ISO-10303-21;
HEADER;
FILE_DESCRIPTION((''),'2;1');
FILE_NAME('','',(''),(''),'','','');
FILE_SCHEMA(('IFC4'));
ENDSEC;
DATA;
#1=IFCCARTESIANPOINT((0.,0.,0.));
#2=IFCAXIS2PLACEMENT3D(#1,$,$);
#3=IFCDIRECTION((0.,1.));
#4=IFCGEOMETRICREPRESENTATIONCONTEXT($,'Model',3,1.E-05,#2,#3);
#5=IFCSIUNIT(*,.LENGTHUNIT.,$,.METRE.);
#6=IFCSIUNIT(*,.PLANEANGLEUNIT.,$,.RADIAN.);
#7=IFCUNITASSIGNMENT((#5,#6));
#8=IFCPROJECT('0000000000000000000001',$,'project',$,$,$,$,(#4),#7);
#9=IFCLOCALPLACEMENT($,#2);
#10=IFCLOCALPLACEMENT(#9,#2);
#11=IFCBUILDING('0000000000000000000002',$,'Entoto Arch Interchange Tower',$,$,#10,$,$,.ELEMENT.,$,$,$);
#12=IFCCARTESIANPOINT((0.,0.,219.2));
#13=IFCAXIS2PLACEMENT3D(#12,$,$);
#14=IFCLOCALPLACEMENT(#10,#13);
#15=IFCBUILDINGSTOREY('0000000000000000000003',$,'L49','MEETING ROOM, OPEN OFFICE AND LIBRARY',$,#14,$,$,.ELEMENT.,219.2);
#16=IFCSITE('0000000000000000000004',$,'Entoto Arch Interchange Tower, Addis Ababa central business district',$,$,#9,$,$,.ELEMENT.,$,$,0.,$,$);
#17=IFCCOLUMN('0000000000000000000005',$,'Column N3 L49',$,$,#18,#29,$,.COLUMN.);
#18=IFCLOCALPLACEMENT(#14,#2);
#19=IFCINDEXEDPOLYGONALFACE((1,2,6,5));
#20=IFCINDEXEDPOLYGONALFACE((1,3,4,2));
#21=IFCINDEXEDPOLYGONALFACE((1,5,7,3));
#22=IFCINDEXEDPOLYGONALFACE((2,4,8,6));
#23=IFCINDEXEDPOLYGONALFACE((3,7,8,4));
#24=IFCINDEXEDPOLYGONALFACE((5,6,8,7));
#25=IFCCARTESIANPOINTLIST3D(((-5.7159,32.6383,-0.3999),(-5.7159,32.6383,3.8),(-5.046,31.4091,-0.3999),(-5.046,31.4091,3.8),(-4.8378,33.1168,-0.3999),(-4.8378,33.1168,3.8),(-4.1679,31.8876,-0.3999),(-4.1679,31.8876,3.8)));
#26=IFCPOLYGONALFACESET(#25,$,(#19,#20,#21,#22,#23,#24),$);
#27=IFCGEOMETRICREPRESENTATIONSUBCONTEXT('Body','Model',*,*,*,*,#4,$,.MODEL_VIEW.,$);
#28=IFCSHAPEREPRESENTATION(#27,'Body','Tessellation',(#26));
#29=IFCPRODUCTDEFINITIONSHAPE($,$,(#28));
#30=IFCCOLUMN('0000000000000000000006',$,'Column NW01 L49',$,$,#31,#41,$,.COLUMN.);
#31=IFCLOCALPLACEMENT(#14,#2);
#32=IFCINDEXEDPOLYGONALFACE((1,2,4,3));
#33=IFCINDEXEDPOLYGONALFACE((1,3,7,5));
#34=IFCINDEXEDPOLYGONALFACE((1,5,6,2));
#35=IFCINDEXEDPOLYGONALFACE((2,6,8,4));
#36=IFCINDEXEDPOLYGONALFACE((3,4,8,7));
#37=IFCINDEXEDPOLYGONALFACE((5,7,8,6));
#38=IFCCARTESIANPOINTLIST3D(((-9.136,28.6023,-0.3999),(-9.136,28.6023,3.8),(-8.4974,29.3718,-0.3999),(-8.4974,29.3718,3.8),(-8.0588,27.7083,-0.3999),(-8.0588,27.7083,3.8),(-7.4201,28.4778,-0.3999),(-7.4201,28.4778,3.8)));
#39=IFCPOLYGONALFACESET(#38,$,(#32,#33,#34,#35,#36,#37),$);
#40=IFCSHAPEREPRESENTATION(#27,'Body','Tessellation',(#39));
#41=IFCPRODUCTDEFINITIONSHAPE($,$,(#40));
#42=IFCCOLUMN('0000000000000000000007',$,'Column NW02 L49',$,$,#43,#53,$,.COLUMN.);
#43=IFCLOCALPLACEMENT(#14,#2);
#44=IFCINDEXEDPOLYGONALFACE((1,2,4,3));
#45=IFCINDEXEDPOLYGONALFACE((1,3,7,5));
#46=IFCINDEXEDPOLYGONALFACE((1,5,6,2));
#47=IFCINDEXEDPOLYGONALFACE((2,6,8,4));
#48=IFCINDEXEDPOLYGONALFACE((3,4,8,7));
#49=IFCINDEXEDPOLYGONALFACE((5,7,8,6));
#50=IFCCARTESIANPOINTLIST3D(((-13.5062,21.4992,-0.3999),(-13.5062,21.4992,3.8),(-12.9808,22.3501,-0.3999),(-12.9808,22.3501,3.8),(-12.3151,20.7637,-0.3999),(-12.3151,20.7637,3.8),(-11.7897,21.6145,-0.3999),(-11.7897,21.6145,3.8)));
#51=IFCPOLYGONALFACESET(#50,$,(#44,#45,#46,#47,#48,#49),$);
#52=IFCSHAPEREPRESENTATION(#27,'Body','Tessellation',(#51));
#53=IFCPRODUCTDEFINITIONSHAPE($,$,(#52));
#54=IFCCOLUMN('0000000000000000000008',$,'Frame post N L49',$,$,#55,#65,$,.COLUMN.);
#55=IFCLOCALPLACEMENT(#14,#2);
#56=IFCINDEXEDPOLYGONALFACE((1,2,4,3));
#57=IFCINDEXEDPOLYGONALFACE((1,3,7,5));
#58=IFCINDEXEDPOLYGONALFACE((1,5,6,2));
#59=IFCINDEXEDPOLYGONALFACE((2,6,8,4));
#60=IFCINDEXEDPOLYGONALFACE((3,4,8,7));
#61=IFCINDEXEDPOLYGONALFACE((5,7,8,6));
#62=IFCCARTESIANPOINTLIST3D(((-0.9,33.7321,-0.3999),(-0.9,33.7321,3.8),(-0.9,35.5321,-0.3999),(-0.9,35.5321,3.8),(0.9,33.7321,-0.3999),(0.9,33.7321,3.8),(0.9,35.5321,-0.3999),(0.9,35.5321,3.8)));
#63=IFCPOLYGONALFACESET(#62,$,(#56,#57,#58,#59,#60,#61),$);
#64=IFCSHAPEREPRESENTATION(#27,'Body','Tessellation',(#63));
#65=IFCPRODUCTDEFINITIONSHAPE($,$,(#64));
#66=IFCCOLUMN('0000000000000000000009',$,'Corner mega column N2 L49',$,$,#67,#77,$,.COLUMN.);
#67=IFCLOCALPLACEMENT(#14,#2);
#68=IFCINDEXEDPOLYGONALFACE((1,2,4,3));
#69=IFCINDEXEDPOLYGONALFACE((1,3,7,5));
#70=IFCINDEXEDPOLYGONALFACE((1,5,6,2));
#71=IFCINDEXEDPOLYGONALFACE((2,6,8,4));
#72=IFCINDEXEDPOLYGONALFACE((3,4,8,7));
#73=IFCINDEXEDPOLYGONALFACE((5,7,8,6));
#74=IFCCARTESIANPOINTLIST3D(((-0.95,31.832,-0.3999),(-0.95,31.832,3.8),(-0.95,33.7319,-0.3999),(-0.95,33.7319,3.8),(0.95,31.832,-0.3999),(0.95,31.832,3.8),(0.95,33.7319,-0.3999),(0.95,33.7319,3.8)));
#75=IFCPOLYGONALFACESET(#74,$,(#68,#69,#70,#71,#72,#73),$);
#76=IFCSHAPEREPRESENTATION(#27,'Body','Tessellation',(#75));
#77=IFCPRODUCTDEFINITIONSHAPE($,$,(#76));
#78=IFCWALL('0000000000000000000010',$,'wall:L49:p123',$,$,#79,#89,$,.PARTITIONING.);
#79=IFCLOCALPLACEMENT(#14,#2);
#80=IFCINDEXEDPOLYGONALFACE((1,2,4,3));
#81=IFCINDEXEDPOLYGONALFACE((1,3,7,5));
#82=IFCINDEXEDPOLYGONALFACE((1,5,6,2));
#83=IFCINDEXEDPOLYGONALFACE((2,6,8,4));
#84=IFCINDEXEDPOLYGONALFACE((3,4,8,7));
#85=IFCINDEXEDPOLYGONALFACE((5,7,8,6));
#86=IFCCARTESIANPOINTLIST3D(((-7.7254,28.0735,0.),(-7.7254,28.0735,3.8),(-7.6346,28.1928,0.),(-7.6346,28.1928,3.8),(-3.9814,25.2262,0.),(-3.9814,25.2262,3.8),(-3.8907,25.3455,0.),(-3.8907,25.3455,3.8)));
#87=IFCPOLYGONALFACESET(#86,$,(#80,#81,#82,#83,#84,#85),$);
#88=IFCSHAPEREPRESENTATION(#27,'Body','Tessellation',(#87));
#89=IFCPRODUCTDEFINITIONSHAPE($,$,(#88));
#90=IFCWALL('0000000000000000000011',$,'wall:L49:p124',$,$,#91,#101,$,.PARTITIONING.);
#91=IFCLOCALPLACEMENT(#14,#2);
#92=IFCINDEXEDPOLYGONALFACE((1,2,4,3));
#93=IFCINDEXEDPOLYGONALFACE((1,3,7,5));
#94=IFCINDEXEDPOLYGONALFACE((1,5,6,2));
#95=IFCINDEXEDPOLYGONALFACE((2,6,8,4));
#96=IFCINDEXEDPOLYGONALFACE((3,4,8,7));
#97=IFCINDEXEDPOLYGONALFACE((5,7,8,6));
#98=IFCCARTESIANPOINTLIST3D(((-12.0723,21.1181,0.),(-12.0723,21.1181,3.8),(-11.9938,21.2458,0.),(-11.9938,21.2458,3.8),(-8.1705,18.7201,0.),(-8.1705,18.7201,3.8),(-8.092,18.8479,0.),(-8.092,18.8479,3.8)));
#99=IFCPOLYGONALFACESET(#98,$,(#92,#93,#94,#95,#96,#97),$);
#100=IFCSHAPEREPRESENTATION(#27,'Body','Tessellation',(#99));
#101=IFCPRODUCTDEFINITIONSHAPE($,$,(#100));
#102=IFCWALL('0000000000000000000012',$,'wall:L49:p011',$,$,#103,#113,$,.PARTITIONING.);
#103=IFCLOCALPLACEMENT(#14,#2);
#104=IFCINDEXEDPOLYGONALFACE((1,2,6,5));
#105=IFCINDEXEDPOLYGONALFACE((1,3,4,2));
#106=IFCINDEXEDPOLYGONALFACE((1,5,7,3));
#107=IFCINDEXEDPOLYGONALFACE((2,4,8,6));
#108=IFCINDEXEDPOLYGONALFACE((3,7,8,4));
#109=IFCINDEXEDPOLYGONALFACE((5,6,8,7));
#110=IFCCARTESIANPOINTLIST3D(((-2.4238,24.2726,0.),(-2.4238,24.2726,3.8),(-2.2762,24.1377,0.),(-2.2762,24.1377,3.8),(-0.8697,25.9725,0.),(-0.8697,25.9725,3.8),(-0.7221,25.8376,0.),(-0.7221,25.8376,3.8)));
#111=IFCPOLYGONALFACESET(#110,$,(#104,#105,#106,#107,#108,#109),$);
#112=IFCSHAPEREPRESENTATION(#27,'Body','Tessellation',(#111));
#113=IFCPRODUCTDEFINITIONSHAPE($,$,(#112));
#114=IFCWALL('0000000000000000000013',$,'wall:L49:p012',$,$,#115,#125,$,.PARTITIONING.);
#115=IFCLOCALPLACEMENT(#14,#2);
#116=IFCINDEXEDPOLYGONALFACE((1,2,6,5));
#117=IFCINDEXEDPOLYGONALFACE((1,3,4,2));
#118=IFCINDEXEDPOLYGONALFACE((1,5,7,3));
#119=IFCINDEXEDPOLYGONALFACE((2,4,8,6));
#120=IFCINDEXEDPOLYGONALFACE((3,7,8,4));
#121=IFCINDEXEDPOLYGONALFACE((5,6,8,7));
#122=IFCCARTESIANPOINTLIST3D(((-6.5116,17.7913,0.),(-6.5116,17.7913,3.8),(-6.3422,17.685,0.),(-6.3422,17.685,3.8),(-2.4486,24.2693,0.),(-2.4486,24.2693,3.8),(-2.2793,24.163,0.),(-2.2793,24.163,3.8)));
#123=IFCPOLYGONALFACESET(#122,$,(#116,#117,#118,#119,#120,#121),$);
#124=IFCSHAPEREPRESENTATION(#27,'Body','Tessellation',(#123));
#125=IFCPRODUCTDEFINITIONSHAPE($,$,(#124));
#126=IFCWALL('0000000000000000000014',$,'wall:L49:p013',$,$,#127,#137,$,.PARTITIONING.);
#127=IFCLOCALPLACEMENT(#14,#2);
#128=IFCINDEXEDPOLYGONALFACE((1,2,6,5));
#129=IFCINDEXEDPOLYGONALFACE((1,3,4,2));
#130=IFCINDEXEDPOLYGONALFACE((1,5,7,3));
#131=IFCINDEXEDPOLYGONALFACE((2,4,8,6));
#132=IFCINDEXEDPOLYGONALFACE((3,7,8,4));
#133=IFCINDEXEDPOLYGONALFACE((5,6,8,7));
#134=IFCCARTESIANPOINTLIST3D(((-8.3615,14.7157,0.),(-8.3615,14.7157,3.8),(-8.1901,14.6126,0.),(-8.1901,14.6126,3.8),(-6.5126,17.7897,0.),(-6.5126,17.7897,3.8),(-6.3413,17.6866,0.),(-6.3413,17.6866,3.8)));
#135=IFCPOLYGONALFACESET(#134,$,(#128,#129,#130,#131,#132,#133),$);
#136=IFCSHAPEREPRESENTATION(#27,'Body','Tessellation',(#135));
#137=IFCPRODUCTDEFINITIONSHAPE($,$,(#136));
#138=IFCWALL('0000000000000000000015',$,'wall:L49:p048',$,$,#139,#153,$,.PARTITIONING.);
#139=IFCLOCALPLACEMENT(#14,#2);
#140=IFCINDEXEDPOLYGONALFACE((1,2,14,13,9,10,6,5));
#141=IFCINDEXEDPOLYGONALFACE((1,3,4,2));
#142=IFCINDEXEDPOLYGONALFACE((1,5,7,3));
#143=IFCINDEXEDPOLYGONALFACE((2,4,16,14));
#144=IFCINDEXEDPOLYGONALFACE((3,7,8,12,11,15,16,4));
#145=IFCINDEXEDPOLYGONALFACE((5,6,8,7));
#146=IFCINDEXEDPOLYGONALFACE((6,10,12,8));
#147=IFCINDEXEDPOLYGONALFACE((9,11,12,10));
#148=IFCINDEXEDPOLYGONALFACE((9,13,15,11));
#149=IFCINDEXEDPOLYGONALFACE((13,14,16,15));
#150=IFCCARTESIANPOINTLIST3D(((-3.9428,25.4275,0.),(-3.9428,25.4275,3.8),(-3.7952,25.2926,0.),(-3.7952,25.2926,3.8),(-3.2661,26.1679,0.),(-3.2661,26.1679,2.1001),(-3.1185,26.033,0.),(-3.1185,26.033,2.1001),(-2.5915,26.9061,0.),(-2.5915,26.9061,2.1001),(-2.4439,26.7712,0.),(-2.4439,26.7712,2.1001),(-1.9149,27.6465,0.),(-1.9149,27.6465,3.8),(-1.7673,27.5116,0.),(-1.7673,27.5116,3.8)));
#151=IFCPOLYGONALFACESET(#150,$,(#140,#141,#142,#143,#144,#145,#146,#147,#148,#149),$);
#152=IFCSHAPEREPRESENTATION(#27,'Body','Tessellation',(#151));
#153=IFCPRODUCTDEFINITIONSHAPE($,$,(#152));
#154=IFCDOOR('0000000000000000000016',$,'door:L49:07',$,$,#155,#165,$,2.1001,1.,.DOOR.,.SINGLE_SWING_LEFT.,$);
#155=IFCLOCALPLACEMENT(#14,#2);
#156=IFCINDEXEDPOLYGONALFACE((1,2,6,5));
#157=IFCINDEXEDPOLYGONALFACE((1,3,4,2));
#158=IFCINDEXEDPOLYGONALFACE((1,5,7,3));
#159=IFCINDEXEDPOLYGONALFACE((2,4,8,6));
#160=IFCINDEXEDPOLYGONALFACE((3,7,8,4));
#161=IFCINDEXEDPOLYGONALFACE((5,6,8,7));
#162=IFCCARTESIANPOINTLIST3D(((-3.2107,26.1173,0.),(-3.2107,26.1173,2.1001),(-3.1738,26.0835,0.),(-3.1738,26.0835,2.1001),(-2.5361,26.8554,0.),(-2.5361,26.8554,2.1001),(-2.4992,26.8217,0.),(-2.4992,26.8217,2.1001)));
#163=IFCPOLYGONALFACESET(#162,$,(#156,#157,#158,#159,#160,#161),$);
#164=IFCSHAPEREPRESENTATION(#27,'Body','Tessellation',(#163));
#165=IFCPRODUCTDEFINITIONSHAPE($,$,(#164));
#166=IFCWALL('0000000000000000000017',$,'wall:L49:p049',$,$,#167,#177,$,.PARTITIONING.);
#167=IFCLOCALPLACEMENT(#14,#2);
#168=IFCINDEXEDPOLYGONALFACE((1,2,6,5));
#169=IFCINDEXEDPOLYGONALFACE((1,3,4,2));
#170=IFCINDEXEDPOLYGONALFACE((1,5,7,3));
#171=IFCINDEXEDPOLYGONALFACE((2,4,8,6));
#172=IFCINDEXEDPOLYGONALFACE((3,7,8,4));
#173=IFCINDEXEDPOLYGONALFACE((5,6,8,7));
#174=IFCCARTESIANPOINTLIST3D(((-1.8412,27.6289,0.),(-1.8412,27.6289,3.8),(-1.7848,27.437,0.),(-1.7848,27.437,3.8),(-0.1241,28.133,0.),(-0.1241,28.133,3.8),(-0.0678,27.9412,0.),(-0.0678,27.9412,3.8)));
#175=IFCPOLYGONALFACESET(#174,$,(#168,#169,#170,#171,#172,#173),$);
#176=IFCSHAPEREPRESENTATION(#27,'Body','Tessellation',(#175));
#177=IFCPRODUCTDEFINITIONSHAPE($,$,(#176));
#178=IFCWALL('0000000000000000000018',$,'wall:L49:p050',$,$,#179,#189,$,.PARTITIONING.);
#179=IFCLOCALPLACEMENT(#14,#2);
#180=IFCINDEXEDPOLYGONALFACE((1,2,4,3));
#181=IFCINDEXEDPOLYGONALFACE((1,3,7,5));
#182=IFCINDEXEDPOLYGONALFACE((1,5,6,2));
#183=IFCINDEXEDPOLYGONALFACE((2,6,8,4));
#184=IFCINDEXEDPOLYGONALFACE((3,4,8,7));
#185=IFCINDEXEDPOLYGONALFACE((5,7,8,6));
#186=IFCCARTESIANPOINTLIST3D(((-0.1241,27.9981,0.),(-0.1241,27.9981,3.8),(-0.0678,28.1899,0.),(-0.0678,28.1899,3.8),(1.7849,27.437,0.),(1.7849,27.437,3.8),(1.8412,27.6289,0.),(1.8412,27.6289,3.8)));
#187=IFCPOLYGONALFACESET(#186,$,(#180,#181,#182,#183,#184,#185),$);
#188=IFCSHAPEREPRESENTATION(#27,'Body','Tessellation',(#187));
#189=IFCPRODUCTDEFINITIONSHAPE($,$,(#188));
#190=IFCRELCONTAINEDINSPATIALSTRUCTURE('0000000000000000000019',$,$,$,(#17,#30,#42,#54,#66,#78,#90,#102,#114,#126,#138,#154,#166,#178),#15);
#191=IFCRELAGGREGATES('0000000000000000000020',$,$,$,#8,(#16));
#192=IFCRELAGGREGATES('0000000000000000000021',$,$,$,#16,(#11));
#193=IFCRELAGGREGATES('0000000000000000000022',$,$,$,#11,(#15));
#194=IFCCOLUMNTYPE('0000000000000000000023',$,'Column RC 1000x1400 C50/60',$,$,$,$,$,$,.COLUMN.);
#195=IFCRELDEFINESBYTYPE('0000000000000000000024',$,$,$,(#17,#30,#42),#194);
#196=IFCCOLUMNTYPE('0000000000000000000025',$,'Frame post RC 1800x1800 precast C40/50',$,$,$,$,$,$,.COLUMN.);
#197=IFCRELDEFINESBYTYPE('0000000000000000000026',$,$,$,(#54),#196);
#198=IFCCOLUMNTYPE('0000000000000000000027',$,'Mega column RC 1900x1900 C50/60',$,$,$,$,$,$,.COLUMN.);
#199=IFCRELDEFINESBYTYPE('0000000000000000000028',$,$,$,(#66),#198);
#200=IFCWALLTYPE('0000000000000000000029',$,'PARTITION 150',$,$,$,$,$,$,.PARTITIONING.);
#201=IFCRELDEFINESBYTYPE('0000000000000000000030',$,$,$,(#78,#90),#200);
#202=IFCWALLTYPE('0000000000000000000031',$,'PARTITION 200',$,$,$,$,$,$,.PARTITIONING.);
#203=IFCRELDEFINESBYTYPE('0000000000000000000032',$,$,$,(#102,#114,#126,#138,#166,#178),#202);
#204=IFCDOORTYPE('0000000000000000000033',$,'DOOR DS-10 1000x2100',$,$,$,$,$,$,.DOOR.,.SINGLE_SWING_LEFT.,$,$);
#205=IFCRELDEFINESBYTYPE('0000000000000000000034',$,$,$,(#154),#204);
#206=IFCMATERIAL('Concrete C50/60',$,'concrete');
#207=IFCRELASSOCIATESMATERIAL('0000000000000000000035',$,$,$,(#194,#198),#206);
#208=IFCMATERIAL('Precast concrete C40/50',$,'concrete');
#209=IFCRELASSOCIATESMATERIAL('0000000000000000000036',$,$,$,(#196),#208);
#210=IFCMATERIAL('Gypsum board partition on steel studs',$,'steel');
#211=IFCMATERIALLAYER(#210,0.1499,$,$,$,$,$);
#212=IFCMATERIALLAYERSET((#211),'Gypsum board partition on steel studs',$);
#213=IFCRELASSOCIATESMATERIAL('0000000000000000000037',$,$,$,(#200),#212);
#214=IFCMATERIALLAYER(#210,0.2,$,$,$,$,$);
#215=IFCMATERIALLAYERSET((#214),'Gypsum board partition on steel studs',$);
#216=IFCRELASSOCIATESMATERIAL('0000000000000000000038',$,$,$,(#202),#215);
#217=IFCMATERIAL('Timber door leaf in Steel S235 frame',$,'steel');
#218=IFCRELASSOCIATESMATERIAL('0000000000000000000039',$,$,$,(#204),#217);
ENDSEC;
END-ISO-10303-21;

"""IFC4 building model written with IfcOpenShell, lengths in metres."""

from ifc_helpers import new_model, si_unit, direction, frame, frame_2d, origin, origin_2d, place, context, subcontext, project, spatial, rectangle, extrude, material, layer, layer_set, material_profile, profile_set, type_object, element, fill, save


model = new_model("IFC4")

# Units and contexts
model_context = context("Model", 3, precision=1e-05, world=origin(), true_north=direction((0.0, 1.0)))
body_context = subcontext(model_context, "Body", "Model", "MODEL_VIEW")
ifc_project = project(units=[si_unit("LENGTHUNIT", "METRE"), si_unit("PLANEANGLEUNIT", "RADIAN")], contexts=[model_context])

# Site, building, storey
site_placement = place(None, origin())
site = spatial("IfcSite", under=ifc_project, at=site_placement, Name="Entoto Arch Interchange Tower, Addis Ababa central business district", CompositionType="ELEMENT", RefElevation=0.0)
building_placement = place(site_placement, origin())
building = spatial("IfcBuilding", under=site, at=building_placement, Name="Entoto Arch Interchange Tower", CompositionType="ELEMENT")
storey_placement = place(building_placement, frame((0.0, 0.0, 219.2)))
storey = spatial("IfcBuildingStorey", under=building, at=storey_placement, Name="L49", Description="MEETING ROOM, OPEN OFFICE AND LIBRARY", CompositionType="ELEMENT", Elevation=219.2)

# Columns
ifc_material_1 = material(Name="Concrete C50/60", Category="concrete")
ifc_material_profile_1 = material_profile(ifc_material_1, rectangle(XDim=1.0, YDim=1.3999, at=origin_2d()))
ifc_profile_set_1 = profile_set([ifc_material_profile_1], Name="Concrete C50/60")
column_type_1 = type_object("IfcColumnType", Name="Column RC 1000x1400 C50/60", PredefinedType="COLUMN", material=ifc_profile_set_1)
for number, where, z_axis, x_axis, name in (
    (1, (-4.9419, 32.2629, -0.3999), (0.0, 0.0, 1.0), (0.8781, 0.478477, 0.0), "Column N3 L49"),
    (2, (-8.2781, 28.54, -0.3999), (0.0, 0.0, 1.0), (0.63866, 0.769489, 0.0), "Column NW01 L49"),
    (3, (-12.6479, 21.5569, -0.3999), (0.0, 0.0, 1.0), (0.525427, 0.850839, 0.0), "Column NW02 L49"),
):
    element("IfcColumn", number, at=place(storey_placement, frame(where, z_axis=z_axis, x_axis=x_axis)), inside=storey, type_object=column_type_1, Name=name, PredefinedType="COLUMN", context=body_context, shape_type="SweptSolid", body=[
        extrude(rectangle(XDim=1.0, YDim=1.3999, at=origin_2d()), origin(), (0.0, 0.0, 1.0), 4.2),
    ])
ifc_material_2 = material(Name="Precast concrete C40/50", Category="concrete")
ifc_material_profile_2 = material_profile(ifc_material_2, rectangle(XDim=1.8, YDim=1.8, at=origin_2d()))
ifc_profile_set_2 = profile_set([ifc_material_profile_2], Name="Precast concrete C40/50")
column_type_2 = type_object("IfcColumnType", Name="Frame post RC 1800x1800 precast C40/50", PredefinedType="COLUMN", material=ifc_profile_set_2)
column_1_placement = place(storey_placement, frame((0.0, 34.6321, -0.3999), z_axis=(0.0, 0.0, 1.0), x_axis=(0.0, 1.0, 0.0)))
element("IfcColumn", 4, at=column_1_placement, inside=storey, type_object=column_type_2, Name="Frame post N L49", PredefinedType="COLUMN", context=body_context, shape_type="SweptSolid", body=[
    extrude(rectangle(XDim=1.8, YDim=1.8, at=origin_2d()), origin(), (0.0, 0.0, 1.0), 4.2),
])
ifc_material_profile_3 = material_profile(ifc_material_1, rectangle(XDim=1.8999, YDim=1.8999, at=origin_2d()))
ifc_profile_set_3 = profile_set([ifc_material_profile_3], Name="Concrete C50/60")
column_type_3 = type_object("IfcColumnType", Name="Mega column RC 1900x1900 C50/60", PredefinedType="COLUMN", material=ifc_profile_set_3)
column_2_placement = place(storey_placement, frame((0.0, 32.782, -0.3999), z_axis=(0.0, 0.0, 1.0), x_axis=(0.0, 1.0, 0.0)))
element("IfcColumn", 5, at=column_2_placement, inside=storey, type_object=column_type_3, Name="Corner mega column N2 L49", PredefinedType="COLUMN", context=body_context, shape_type="SweptSolid", body=[
    extrude(rectangle(XDim=1.8999, YDim=1.8999, at=origin_2d()), origin(), (0.0, 0.0, 1.0), 4.2),
])

# Walls
ifc_material_3 = material(Name="Gypsum board partition on steel studs", Category="steel")
ifc_layer_1 = layer(ifc_material_3, 0.1499)
ifc_layer_set_1 = layer_set([ifc_layer_1], Name="Gypsum board partition on steel studs")
wall_type_1 = type_object("IfcWallType", Name="PARTITION 150", PredefinedType="PARTITIONING", material=ifc_layer_set_1)
wall_1_placement = place(storey_placement, frame((-3.936, 25.2859, 0.0), z_axis=(0.0, 0.0, 1.0), x_axis=(-0.795977, 0.605327, 0.0)))
element("IfcWall", 6, at=wall_1_placement, inside=storey, type_object=wall_type_1, Name="wall:L49:p123", PredefinedType="PARTITIONING", context=body_context, shape_type="SweptSolid", body=[
    extrude(rectangle(XDim=4.7036, YDim=0.1499, at=frame_2d((2.3518, 0.0))), origin(), (0.0, 0.0, 1.0), 3.8),
])
wall_2_placement = place(storey_placement, frame((-8.1311, 18.7839, 0.0), z_axis=(0.0, 0.0, 1.0), x_axis=(-0.851969, 0.523592, 0.0)))
element("IfcWall", 7, at=wall_2_placement, inside=storey, type_object=wall_type_1, Name="wall:L49:p124", PredefinedType="PARTITIONING", context=body_context, shape_type="SweptSolid", body=[
    extrude(rectangle(XDim=4.5798, YDim=0.1499, at=frame_2d((2.29, 0.0))), origin(), (0.0, 0.0, 1.0), 3.8),
])
ifc_layer_2 = layer(ifc_material_3, 0.2)
ifc_layer_set_2 = layer_set([ifc_layer_2], Name="Gypsum board partition on steel studs")
wall_type_2 = type_object("IfcWallType", Name="PARTITION 200", PredefinedType="PARTITIONING", material=ifc_layer_set_2)
wall_3_placement = place(storey_placement, frame((-0.7959, 25.905, 0.0), z_axis=(0.0, 0.0, 1.0), x_axis=(-0.674759, -0.738038, 0.0)))
element("IfcWall", 8, at=wall_3_placement, inside=storey, type_object=wall_type_2, Name="wall:L49:p011", PredefinedType="PARTITIONING", context=body_context, shape_type="SweptSolid", body=[
    extrude(rectangle(XDim=2.3032, YDim=0.2, at=frame_2d((1.1516, 0.0))), origin(), (0.0, 0.0, 1.0), 3.8),
])
wall_4_placement = place(storey_placement, frame((-2.364, 24.2161, 0.0), z_axis=(0.0, 0.0, 1.0), x_axis=(-0.531336, -0.847161, 0.0)))
element("IfcWall", 9, at=wall_4_placement, inside=storey, type_object=wall_type_2, Name="wall:L49:p012", PredefinedType="PARTITIONING", context=body_context, shape_type="SweptSolid", body=[
    extrude(rectangle(XDim=7.6467, YDim=0.2, at=frame_2d((3.8232, 0.0))), origin(), (0.0, 0.0, 1.0), 3.8),
])
wall_5_placement = place(storey_placement, frame((-6.427, 17.738, 0.0), z_axis=(0.0, 0.0, 1.0), x_axis=(-0.515416, -0.85694, 0.0)))
element("IfcWall", 10, at=wall_5_placement, inside=storey, type_object=wall_type_2, Name="wall:L49:p013", PredefinedType="PARTITIONING", context=body_context, shape_type="SweptSolid", body=[
    extrude(rectangle(XDim=3.5872, YDim=0.2, at=frame_2d((1.7935, 0.0))), origin(), (0.0, 0.0, 1.0), 3.8),
])

# Wall, opening, door
wall_6_placement = place(storey_placement, frame((-3.8689, 25.3601, 0.0), z_axis=(0.0, 0.0, 1.0), x_axis=(0.674595, 0.738188, 0.0)))
wall_6 = element("IfcWall", 11, at=wall_6_placement, inside=storey, type_object=wall_type_2, Name="wall:L49:p048", PredefinedType="PARTITIONING", context=body_context, shape_type="SweptSolid", body=[
    extrude(rectangle(XDim=3.0061, YDim=0.2, at=frame_2d((1.5029, 0.0))), origin(), (0.0, 0.0, 1.0), 3.8),
])
opening_1_placement = place(wall_6_placement, frame((1.0029, 0.0, 0.0)))
opening_1 = element("IfcOpeningElement", 12, at=opening_1_placement, cuts=wall_6, PredefinedType="OPENING", context=body_context, shape_type="SweptSolid", body=[
    extrude(rectangle(XDim=1.0, YDim=2.1001, at=frame_2d((0.5, 1.05))), frame((0.0, 0.1099, 0.0), z_axis=(0.0, -1.0, 0.0), x_axis=(1.0, 0.0, 0.0)), (0.0, 0.0, 1.0), 0.22),
])
ifc_material_4 = material(Name="Timber door leaf in Steel S235 frame", Category="steel")
door_type = type_object("IfcDoorType", Name="DOOR DS-10 1000x2100", OperationType="SINGLE_SWING_LEFT", PredefinedType="DOOR", material=ifc_material_4)
door_1_placement = place(opening_1_placement, origin())
door_1 = element("IfcDoor", 13, at=door_1_placement, inside=storey, type_object=door_type, Name="door:L49:07", OperationType="SINGLE_SWING_LEFT", OverallHeight=2.1001, OverallWidth=1.0, PredefinedType="DOOR", context=body_context, shape_type="SweptSolid", body=[
    extrude(rectangle(XDim=1.0, YDim=2.1001, at=frame_2d((0.5, 1.05))), frame((0.0, 0.0249, 0.0), z_axis=(0.0, -1.0, 0.0), x_axis=(1.0, 0.0, 0.0)), (0.0, 0.0, 1.0), 0.05),
])
fill(opening_1, door_1)

# Walls
wall_7_placement = place(storey_placement, frame((-1.813, 27.533, 0.0), z_axis=(0.0, 0.0, 1.0), x_axis=(0.959496, 0.281723, 0.0)))
element("IfcWall", 14, at=wall_7_placement, inside=storey, type_object=wall_type_2, Name="wall:L49:p049", PredefinedType="PARTITIONING", context=body_context, shape_type="SweptSolid", body=[
    extrude(rectangle(XDim=1.7896, YDim=0.2, at=frame_2d((0.8948, 0.0))), origin(), (0.0, 0.0, 1.0), 3.8),
])
wall_8_placement = place(storey_placement, frame((-0.0959, 28.094, 0.0), z_axis=(0.0, 0.0, 1.0), x_axis=(0.959422, -0.281974, 0.0)))
element("IfcWall", 15, at=wall_8_placement, inside=storey, type_object=wall_type_2, Name="wall:L49:p050", PredefinedType="PARTITIONING", context=body_context, shape_type="SweptSolid", body=[
    extrude(rectangle(XDim=1.9897, YDim=0.2, at=frame_2d((0.9949, 0.0))), origin(), (0.0, 0.0, 1.0), 3.8),
])

save(model, "model.ifc")
